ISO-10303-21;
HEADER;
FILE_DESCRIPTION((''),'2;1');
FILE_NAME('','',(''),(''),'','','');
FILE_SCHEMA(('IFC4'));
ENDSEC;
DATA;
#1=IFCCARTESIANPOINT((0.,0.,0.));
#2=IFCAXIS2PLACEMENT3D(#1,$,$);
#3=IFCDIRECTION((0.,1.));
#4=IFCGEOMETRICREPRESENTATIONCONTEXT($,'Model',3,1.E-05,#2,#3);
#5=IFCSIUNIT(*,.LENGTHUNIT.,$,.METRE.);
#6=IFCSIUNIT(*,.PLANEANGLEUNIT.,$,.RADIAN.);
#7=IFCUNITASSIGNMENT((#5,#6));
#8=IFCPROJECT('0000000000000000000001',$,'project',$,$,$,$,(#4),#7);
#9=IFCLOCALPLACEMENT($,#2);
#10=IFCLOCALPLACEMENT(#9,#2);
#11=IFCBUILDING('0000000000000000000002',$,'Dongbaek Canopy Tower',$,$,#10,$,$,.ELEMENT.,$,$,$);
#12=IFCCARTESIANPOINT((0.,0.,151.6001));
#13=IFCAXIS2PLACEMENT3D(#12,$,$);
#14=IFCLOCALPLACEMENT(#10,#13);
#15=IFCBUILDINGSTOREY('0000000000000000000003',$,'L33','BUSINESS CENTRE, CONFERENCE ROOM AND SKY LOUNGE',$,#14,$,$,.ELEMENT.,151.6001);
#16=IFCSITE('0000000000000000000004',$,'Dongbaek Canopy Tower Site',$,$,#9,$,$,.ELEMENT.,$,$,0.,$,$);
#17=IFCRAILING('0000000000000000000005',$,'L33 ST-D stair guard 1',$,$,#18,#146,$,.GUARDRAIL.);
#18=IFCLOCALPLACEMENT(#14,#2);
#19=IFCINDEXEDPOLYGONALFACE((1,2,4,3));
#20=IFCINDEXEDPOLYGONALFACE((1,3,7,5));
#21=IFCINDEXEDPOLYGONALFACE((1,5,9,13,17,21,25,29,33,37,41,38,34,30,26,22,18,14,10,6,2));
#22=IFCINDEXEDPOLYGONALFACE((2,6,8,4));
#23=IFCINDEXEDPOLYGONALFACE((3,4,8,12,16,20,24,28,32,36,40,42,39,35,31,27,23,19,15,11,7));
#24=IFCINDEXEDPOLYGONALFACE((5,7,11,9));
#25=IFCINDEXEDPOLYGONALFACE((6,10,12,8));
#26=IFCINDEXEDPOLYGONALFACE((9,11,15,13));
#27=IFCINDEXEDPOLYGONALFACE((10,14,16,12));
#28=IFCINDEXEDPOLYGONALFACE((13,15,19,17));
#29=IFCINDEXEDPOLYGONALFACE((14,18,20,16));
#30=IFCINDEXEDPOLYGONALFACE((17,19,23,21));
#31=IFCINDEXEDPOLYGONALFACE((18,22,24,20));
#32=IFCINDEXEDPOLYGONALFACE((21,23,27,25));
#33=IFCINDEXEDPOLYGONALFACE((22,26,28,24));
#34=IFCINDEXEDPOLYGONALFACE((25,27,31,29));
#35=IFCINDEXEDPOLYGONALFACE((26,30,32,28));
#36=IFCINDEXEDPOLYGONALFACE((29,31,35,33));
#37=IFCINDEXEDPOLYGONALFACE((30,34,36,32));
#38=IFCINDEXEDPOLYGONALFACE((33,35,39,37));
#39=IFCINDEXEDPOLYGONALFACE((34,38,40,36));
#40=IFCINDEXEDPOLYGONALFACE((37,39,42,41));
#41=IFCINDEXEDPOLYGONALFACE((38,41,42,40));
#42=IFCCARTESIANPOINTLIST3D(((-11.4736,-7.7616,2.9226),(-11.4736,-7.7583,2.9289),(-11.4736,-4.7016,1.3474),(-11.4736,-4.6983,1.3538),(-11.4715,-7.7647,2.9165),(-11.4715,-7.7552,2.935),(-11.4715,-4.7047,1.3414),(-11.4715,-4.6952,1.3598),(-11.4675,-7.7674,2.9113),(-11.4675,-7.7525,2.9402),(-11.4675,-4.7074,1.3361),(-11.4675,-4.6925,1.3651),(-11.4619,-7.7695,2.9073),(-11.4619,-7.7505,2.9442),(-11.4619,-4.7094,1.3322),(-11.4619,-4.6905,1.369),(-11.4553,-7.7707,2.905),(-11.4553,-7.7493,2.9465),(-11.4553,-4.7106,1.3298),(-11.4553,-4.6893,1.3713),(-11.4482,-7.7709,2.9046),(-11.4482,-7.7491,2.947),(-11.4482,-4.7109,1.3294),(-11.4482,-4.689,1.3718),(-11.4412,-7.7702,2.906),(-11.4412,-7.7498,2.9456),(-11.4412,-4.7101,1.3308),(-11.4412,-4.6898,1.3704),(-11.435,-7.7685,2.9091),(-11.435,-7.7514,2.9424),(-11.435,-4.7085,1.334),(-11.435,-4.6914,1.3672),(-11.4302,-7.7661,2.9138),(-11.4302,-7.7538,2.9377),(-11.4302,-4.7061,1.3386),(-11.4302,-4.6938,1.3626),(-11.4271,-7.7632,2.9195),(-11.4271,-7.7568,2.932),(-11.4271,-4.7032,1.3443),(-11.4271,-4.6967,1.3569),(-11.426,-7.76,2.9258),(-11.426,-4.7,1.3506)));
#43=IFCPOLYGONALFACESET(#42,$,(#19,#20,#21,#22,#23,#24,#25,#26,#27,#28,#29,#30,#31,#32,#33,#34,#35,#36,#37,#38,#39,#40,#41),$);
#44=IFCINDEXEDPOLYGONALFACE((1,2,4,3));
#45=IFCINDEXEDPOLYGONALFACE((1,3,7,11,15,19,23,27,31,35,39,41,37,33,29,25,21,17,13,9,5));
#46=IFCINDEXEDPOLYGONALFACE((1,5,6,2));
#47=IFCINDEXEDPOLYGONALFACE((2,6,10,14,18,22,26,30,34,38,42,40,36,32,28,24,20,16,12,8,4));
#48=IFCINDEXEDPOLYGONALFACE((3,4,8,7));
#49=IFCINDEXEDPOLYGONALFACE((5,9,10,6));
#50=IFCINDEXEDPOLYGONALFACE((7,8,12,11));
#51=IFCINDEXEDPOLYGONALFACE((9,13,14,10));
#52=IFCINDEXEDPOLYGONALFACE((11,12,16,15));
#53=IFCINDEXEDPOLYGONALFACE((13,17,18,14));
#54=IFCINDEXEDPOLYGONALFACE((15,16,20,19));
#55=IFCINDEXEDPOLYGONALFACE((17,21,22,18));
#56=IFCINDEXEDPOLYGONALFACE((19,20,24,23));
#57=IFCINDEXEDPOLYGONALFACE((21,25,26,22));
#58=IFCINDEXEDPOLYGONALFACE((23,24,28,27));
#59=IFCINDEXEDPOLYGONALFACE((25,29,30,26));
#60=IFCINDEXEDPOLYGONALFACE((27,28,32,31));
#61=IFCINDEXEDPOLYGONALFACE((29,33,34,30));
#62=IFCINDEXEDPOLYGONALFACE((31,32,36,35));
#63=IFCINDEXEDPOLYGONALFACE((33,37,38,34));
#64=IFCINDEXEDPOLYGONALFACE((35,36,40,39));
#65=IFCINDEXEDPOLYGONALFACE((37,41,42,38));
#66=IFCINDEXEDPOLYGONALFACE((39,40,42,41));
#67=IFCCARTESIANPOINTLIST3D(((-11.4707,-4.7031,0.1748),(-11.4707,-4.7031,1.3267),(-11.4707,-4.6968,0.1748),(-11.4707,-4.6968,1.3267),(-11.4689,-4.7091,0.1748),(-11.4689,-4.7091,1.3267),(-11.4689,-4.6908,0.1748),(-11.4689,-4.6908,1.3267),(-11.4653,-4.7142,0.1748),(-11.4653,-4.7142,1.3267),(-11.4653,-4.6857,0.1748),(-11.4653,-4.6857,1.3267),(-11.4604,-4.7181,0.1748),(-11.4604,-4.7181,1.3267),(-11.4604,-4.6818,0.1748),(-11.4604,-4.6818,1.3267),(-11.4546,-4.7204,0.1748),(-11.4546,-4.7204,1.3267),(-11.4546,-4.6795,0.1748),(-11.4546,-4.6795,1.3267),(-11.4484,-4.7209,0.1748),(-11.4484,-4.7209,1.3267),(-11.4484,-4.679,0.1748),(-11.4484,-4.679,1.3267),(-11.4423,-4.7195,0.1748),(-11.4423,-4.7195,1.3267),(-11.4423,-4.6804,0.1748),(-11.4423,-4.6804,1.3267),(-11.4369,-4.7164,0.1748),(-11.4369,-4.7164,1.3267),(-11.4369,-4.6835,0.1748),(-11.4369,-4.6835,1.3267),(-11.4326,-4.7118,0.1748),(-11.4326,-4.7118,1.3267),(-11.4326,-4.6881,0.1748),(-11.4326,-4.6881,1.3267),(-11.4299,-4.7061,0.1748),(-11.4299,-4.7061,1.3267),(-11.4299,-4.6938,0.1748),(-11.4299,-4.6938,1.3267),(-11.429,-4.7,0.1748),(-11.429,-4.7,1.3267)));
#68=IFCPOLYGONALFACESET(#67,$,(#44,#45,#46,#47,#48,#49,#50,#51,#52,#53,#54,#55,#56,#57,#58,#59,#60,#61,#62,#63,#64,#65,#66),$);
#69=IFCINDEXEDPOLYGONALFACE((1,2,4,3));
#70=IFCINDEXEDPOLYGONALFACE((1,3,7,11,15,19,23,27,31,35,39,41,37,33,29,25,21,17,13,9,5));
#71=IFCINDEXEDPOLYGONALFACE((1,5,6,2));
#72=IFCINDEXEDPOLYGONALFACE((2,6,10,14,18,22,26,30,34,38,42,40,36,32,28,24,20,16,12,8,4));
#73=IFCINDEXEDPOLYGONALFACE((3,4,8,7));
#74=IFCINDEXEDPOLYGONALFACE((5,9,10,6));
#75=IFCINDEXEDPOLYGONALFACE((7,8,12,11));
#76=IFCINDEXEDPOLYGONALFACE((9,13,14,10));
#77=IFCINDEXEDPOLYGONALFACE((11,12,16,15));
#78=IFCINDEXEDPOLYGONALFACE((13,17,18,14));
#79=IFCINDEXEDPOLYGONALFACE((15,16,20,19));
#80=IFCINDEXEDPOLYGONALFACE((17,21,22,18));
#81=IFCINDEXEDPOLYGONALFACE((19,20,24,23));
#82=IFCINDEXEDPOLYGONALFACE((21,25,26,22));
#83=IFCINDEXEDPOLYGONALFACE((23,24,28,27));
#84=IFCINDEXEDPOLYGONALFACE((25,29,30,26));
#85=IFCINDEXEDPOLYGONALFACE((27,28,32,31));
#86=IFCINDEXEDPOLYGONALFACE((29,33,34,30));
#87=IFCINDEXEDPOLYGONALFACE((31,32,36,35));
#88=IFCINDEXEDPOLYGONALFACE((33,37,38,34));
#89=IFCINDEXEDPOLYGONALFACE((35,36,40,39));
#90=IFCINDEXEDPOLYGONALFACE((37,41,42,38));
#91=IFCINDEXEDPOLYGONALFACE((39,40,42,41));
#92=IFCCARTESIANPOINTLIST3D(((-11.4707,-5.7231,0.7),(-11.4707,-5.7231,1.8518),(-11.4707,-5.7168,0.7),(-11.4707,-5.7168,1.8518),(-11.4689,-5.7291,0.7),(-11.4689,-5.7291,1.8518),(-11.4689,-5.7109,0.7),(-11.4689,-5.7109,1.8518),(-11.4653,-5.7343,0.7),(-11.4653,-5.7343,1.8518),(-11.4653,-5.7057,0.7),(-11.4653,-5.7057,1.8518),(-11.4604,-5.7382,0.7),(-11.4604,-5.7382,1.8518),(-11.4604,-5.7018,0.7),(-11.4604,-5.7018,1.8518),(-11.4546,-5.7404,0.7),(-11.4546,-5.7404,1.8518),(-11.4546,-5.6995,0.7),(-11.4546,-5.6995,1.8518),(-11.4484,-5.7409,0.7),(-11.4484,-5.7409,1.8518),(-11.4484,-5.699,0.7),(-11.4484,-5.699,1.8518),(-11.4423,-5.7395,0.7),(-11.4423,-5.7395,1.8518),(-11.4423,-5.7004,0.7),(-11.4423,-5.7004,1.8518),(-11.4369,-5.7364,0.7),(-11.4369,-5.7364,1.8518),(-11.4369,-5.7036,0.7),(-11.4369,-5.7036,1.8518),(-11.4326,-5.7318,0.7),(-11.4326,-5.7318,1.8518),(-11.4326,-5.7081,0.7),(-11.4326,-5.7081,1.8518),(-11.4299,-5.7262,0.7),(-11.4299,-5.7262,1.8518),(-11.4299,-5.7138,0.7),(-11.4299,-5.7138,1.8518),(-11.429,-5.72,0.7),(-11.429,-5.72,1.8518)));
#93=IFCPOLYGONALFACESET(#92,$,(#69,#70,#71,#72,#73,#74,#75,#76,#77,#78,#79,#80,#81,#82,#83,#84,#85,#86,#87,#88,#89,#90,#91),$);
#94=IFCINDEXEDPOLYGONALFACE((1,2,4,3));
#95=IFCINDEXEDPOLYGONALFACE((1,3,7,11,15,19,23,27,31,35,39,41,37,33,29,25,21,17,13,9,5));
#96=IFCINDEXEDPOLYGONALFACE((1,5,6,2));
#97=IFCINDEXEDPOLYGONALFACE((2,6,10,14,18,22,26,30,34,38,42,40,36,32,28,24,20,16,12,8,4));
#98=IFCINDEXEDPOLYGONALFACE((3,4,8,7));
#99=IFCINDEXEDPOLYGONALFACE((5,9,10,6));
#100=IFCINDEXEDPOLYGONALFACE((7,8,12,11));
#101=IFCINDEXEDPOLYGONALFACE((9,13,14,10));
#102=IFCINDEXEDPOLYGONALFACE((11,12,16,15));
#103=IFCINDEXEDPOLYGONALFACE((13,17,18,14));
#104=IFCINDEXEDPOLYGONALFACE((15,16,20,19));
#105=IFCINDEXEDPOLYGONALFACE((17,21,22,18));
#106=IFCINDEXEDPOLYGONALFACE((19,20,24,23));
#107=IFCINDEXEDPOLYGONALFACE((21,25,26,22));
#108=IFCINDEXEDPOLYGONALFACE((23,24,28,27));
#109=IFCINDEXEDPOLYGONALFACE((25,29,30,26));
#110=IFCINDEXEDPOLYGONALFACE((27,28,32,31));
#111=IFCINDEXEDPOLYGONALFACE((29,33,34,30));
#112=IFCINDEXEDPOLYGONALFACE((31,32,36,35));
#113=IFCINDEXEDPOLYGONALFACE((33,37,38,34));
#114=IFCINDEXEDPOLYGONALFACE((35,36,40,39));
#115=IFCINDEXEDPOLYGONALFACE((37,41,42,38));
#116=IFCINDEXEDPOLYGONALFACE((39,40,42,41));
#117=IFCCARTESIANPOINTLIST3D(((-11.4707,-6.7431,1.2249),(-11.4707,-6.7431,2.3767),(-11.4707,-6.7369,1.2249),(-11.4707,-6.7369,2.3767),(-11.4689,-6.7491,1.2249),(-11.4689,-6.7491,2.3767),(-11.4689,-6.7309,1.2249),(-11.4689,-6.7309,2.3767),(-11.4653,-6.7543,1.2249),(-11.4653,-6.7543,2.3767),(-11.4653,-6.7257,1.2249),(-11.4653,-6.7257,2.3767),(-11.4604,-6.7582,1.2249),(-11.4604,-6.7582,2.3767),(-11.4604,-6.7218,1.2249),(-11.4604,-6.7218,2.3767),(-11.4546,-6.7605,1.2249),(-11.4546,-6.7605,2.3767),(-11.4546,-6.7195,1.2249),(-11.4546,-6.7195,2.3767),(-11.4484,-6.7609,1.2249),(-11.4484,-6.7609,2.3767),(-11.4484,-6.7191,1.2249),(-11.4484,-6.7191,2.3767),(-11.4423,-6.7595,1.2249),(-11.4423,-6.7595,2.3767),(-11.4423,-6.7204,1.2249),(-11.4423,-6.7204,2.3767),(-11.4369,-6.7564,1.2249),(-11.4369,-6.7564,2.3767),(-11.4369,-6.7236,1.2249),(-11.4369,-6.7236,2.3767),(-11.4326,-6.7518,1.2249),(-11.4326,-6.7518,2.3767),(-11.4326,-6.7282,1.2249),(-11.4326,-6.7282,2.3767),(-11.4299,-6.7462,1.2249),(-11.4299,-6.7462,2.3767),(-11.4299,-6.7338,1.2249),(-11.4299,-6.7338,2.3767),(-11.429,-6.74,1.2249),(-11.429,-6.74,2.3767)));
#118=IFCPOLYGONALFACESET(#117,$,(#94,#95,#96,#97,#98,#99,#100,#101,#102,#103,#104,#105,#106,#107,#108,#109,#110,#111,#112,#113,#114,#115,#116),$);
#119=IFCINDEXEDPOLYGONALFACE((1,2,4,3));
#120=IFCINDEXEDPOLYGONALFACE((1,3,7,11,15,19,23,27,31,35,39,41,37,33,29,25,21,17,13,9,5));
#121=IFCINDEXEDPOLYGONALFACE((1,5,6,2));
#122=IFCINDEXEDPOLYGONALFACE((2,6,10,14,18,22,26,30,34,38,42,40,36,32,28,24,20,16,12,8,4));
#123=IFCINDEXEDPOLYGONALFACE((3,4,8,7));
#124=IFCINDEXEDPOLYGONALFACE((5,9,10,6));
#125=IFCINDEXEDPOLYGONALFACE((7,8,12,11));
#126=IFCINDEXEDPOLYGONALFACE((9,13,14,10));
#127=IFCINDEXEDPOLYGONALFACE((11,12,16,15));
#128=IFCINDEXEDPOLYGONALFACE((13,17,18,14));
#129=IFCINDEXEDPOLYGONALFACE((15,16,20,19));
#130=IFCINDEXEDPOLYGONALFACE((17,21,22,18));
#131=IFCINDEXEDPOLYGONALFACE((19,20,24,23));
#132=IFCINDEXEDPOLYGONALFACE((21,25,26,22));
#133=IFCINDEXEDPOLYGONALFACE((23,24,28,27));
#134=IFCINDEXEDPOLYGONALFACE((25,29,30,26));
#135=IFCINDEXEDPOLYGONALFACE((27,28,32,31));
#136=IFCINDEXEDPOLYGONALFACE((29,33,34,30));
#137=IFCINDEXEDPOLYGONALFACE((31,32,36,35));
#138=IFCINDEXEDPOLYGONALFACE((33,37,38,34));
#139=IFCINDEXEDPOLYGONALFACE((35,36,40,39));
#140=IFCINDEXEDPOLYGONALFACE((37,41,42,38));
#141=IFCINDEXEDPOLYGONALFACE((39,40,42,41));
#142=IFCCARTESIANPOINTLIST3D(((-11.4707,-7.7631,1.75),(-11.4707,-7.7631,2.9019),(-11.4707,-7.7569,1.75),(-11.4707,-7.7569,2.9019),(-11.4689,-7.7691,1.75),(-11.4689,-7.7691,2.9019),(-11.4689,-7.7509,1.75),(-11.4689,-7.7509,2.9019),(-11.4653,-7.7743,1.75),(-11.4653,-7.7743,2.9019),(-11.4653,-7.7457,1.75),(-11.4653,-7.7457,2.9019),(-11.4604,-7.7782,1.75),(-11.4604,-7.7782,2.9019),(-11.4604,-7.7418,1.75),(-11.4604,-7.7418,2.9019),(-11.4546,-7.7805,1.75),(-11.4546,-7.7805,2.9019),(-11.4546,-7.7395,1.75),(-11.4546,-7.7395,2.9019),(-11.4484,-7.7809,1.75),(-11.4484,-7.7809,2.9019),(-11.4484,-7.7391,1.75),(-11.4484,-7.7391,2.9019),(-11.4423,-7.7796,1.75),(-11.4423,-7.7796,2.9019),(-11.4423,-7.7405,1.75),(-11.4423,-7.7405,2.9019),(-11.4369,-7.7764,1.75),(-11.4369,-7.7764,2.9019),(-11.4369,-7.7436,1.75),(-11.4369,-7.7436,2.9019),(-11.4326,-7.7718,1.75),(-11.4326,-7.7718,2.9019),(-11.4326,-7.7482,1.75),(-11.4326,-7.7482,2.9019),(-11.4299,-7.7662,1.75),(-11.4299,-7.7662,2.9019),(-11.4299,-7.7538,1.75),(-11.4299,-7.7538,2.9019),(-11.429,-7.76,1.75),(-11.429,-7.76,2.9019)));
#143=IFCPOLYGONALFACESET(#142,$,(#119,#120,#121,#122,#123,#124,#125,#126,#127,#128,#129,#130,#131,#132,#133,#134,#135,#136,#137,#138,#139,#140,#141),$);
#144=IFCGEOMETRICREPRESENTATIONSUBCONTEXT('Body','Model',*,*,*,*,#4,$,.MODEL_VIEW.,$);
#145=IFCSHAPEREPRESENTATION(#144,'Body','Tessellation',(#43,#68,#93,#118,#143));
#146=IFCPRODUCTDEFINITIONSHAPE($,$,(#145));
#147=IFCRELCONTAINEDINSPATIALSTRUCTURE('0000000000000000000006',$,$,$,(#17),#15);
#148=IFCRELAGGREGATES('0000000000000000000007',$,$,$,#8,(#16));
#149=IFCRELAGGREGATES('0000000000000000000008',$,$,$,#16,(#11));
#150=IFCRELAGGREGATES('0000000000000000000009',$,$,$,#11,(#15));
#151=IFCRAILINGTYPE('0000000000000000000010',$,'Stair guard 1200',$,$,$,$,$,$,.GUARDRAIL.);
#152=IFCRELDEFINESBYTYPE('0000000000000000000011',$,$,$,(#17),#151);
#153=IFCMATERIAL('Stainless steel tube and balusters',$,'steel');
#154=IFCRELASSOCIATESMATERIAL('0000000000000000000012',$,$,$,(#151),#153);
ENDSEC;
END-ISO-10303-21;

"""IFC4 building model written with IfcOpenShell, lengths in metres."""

from ifc_helpers import new_model, si_unit, direction, frame, origin, origin_2d, place, context, subcontext, project, spatial, circle, extrude, material, type_object, element, save


model = new_model("IFC4")

# Units and contexts
model_context = context("Model", 3, precision=1e-05, world=origin(), true_north=direction((0.0, 1.0)))
body_context = subcontext(model_context, "Body", "Model", "MODEL_VIEW")
ifc_project = project(units=[si_unit("LENGTHUNIT", "METRE"), si_unit("PLANEANGLEUNIT", "RADIAN")], contexts=[model_context])

# Site, building, storey
site_placement = place(None, origin())
site = spatial("IfcSite", under=ifc_project, at=site_placement, Name="Dongbaek Canopy Tower Site", CompositionType="ELEMENT", RefElevation=0.0)
building_placement = place(site_placement, origin())
building = spatial("IfcBuilding", under=site, at=building_placement, Name="Dongbaek Canopy Tower", CompositionType="ELEMENT")
storey_placement = place(building_placement, frame((0.0, 0.0, 151.6001)))
storey = spatial("IfcBuildingStorey", under=building, at=storey_placement, Name="L33", Description="BUSINESS CENTRE, CONFERENCE ROOM AND SKY LOUNGE", CompositionType="ELEMENT", Elevation=151.6001)

# Railing
ifc_material_1 = material(Name="Stainless steel tube and balusters", Category="steel")
railing_type_1 = type_object("IfcRailingType", Name="Stair guard 1200", PredefinedType="GUARDRAIL", material=ifc_material_1)
railing_1_placement = place(storey_placement, frame((-11.45, -4.7, 0.1748)))
element("IfcRailing", 1, at=railing_1_placement, inside=storey, type_object=railing_type_1, Name="L33 ST-D stair guard 1", PredefinedType="GUARDRAIL", context=body_context, shape_type="SweptSolid", body=[
    extrude(circle(Radius=0.0239, at=origin_2d()), frame((0.0, 0.0, 1.1758), z_axis=(0.0, -0.889116, 0.457681), x_axis=(1.0, 0.0, 0.0)), (0.0, 0.0, 1.0), 3.4417),
    extrude(circle(Radius=0.021, at=origin_2d()), origin(), (0.0, 0.0, 1.0), 1.1519),
    extrude(circle(Radius=0.021, at=origin_2d()), frame((0.0, -1.02, 0.5251)), (0.0, 0.0, 1.0), 1.1519),
    extrude(circle(Radius=0.021, at=origin_2d()), frame((0.0, -2.04, 1.05)), (0.0, 0.0, 1.0), 1.1519),
    extrude(circle(Radius=0.021, at=origin_2d()), frame((0.0, -3.0601, 1.5752)), (0.0, 0.0, 1.0), 1.1519),
])

save(model, "model.ifc")
